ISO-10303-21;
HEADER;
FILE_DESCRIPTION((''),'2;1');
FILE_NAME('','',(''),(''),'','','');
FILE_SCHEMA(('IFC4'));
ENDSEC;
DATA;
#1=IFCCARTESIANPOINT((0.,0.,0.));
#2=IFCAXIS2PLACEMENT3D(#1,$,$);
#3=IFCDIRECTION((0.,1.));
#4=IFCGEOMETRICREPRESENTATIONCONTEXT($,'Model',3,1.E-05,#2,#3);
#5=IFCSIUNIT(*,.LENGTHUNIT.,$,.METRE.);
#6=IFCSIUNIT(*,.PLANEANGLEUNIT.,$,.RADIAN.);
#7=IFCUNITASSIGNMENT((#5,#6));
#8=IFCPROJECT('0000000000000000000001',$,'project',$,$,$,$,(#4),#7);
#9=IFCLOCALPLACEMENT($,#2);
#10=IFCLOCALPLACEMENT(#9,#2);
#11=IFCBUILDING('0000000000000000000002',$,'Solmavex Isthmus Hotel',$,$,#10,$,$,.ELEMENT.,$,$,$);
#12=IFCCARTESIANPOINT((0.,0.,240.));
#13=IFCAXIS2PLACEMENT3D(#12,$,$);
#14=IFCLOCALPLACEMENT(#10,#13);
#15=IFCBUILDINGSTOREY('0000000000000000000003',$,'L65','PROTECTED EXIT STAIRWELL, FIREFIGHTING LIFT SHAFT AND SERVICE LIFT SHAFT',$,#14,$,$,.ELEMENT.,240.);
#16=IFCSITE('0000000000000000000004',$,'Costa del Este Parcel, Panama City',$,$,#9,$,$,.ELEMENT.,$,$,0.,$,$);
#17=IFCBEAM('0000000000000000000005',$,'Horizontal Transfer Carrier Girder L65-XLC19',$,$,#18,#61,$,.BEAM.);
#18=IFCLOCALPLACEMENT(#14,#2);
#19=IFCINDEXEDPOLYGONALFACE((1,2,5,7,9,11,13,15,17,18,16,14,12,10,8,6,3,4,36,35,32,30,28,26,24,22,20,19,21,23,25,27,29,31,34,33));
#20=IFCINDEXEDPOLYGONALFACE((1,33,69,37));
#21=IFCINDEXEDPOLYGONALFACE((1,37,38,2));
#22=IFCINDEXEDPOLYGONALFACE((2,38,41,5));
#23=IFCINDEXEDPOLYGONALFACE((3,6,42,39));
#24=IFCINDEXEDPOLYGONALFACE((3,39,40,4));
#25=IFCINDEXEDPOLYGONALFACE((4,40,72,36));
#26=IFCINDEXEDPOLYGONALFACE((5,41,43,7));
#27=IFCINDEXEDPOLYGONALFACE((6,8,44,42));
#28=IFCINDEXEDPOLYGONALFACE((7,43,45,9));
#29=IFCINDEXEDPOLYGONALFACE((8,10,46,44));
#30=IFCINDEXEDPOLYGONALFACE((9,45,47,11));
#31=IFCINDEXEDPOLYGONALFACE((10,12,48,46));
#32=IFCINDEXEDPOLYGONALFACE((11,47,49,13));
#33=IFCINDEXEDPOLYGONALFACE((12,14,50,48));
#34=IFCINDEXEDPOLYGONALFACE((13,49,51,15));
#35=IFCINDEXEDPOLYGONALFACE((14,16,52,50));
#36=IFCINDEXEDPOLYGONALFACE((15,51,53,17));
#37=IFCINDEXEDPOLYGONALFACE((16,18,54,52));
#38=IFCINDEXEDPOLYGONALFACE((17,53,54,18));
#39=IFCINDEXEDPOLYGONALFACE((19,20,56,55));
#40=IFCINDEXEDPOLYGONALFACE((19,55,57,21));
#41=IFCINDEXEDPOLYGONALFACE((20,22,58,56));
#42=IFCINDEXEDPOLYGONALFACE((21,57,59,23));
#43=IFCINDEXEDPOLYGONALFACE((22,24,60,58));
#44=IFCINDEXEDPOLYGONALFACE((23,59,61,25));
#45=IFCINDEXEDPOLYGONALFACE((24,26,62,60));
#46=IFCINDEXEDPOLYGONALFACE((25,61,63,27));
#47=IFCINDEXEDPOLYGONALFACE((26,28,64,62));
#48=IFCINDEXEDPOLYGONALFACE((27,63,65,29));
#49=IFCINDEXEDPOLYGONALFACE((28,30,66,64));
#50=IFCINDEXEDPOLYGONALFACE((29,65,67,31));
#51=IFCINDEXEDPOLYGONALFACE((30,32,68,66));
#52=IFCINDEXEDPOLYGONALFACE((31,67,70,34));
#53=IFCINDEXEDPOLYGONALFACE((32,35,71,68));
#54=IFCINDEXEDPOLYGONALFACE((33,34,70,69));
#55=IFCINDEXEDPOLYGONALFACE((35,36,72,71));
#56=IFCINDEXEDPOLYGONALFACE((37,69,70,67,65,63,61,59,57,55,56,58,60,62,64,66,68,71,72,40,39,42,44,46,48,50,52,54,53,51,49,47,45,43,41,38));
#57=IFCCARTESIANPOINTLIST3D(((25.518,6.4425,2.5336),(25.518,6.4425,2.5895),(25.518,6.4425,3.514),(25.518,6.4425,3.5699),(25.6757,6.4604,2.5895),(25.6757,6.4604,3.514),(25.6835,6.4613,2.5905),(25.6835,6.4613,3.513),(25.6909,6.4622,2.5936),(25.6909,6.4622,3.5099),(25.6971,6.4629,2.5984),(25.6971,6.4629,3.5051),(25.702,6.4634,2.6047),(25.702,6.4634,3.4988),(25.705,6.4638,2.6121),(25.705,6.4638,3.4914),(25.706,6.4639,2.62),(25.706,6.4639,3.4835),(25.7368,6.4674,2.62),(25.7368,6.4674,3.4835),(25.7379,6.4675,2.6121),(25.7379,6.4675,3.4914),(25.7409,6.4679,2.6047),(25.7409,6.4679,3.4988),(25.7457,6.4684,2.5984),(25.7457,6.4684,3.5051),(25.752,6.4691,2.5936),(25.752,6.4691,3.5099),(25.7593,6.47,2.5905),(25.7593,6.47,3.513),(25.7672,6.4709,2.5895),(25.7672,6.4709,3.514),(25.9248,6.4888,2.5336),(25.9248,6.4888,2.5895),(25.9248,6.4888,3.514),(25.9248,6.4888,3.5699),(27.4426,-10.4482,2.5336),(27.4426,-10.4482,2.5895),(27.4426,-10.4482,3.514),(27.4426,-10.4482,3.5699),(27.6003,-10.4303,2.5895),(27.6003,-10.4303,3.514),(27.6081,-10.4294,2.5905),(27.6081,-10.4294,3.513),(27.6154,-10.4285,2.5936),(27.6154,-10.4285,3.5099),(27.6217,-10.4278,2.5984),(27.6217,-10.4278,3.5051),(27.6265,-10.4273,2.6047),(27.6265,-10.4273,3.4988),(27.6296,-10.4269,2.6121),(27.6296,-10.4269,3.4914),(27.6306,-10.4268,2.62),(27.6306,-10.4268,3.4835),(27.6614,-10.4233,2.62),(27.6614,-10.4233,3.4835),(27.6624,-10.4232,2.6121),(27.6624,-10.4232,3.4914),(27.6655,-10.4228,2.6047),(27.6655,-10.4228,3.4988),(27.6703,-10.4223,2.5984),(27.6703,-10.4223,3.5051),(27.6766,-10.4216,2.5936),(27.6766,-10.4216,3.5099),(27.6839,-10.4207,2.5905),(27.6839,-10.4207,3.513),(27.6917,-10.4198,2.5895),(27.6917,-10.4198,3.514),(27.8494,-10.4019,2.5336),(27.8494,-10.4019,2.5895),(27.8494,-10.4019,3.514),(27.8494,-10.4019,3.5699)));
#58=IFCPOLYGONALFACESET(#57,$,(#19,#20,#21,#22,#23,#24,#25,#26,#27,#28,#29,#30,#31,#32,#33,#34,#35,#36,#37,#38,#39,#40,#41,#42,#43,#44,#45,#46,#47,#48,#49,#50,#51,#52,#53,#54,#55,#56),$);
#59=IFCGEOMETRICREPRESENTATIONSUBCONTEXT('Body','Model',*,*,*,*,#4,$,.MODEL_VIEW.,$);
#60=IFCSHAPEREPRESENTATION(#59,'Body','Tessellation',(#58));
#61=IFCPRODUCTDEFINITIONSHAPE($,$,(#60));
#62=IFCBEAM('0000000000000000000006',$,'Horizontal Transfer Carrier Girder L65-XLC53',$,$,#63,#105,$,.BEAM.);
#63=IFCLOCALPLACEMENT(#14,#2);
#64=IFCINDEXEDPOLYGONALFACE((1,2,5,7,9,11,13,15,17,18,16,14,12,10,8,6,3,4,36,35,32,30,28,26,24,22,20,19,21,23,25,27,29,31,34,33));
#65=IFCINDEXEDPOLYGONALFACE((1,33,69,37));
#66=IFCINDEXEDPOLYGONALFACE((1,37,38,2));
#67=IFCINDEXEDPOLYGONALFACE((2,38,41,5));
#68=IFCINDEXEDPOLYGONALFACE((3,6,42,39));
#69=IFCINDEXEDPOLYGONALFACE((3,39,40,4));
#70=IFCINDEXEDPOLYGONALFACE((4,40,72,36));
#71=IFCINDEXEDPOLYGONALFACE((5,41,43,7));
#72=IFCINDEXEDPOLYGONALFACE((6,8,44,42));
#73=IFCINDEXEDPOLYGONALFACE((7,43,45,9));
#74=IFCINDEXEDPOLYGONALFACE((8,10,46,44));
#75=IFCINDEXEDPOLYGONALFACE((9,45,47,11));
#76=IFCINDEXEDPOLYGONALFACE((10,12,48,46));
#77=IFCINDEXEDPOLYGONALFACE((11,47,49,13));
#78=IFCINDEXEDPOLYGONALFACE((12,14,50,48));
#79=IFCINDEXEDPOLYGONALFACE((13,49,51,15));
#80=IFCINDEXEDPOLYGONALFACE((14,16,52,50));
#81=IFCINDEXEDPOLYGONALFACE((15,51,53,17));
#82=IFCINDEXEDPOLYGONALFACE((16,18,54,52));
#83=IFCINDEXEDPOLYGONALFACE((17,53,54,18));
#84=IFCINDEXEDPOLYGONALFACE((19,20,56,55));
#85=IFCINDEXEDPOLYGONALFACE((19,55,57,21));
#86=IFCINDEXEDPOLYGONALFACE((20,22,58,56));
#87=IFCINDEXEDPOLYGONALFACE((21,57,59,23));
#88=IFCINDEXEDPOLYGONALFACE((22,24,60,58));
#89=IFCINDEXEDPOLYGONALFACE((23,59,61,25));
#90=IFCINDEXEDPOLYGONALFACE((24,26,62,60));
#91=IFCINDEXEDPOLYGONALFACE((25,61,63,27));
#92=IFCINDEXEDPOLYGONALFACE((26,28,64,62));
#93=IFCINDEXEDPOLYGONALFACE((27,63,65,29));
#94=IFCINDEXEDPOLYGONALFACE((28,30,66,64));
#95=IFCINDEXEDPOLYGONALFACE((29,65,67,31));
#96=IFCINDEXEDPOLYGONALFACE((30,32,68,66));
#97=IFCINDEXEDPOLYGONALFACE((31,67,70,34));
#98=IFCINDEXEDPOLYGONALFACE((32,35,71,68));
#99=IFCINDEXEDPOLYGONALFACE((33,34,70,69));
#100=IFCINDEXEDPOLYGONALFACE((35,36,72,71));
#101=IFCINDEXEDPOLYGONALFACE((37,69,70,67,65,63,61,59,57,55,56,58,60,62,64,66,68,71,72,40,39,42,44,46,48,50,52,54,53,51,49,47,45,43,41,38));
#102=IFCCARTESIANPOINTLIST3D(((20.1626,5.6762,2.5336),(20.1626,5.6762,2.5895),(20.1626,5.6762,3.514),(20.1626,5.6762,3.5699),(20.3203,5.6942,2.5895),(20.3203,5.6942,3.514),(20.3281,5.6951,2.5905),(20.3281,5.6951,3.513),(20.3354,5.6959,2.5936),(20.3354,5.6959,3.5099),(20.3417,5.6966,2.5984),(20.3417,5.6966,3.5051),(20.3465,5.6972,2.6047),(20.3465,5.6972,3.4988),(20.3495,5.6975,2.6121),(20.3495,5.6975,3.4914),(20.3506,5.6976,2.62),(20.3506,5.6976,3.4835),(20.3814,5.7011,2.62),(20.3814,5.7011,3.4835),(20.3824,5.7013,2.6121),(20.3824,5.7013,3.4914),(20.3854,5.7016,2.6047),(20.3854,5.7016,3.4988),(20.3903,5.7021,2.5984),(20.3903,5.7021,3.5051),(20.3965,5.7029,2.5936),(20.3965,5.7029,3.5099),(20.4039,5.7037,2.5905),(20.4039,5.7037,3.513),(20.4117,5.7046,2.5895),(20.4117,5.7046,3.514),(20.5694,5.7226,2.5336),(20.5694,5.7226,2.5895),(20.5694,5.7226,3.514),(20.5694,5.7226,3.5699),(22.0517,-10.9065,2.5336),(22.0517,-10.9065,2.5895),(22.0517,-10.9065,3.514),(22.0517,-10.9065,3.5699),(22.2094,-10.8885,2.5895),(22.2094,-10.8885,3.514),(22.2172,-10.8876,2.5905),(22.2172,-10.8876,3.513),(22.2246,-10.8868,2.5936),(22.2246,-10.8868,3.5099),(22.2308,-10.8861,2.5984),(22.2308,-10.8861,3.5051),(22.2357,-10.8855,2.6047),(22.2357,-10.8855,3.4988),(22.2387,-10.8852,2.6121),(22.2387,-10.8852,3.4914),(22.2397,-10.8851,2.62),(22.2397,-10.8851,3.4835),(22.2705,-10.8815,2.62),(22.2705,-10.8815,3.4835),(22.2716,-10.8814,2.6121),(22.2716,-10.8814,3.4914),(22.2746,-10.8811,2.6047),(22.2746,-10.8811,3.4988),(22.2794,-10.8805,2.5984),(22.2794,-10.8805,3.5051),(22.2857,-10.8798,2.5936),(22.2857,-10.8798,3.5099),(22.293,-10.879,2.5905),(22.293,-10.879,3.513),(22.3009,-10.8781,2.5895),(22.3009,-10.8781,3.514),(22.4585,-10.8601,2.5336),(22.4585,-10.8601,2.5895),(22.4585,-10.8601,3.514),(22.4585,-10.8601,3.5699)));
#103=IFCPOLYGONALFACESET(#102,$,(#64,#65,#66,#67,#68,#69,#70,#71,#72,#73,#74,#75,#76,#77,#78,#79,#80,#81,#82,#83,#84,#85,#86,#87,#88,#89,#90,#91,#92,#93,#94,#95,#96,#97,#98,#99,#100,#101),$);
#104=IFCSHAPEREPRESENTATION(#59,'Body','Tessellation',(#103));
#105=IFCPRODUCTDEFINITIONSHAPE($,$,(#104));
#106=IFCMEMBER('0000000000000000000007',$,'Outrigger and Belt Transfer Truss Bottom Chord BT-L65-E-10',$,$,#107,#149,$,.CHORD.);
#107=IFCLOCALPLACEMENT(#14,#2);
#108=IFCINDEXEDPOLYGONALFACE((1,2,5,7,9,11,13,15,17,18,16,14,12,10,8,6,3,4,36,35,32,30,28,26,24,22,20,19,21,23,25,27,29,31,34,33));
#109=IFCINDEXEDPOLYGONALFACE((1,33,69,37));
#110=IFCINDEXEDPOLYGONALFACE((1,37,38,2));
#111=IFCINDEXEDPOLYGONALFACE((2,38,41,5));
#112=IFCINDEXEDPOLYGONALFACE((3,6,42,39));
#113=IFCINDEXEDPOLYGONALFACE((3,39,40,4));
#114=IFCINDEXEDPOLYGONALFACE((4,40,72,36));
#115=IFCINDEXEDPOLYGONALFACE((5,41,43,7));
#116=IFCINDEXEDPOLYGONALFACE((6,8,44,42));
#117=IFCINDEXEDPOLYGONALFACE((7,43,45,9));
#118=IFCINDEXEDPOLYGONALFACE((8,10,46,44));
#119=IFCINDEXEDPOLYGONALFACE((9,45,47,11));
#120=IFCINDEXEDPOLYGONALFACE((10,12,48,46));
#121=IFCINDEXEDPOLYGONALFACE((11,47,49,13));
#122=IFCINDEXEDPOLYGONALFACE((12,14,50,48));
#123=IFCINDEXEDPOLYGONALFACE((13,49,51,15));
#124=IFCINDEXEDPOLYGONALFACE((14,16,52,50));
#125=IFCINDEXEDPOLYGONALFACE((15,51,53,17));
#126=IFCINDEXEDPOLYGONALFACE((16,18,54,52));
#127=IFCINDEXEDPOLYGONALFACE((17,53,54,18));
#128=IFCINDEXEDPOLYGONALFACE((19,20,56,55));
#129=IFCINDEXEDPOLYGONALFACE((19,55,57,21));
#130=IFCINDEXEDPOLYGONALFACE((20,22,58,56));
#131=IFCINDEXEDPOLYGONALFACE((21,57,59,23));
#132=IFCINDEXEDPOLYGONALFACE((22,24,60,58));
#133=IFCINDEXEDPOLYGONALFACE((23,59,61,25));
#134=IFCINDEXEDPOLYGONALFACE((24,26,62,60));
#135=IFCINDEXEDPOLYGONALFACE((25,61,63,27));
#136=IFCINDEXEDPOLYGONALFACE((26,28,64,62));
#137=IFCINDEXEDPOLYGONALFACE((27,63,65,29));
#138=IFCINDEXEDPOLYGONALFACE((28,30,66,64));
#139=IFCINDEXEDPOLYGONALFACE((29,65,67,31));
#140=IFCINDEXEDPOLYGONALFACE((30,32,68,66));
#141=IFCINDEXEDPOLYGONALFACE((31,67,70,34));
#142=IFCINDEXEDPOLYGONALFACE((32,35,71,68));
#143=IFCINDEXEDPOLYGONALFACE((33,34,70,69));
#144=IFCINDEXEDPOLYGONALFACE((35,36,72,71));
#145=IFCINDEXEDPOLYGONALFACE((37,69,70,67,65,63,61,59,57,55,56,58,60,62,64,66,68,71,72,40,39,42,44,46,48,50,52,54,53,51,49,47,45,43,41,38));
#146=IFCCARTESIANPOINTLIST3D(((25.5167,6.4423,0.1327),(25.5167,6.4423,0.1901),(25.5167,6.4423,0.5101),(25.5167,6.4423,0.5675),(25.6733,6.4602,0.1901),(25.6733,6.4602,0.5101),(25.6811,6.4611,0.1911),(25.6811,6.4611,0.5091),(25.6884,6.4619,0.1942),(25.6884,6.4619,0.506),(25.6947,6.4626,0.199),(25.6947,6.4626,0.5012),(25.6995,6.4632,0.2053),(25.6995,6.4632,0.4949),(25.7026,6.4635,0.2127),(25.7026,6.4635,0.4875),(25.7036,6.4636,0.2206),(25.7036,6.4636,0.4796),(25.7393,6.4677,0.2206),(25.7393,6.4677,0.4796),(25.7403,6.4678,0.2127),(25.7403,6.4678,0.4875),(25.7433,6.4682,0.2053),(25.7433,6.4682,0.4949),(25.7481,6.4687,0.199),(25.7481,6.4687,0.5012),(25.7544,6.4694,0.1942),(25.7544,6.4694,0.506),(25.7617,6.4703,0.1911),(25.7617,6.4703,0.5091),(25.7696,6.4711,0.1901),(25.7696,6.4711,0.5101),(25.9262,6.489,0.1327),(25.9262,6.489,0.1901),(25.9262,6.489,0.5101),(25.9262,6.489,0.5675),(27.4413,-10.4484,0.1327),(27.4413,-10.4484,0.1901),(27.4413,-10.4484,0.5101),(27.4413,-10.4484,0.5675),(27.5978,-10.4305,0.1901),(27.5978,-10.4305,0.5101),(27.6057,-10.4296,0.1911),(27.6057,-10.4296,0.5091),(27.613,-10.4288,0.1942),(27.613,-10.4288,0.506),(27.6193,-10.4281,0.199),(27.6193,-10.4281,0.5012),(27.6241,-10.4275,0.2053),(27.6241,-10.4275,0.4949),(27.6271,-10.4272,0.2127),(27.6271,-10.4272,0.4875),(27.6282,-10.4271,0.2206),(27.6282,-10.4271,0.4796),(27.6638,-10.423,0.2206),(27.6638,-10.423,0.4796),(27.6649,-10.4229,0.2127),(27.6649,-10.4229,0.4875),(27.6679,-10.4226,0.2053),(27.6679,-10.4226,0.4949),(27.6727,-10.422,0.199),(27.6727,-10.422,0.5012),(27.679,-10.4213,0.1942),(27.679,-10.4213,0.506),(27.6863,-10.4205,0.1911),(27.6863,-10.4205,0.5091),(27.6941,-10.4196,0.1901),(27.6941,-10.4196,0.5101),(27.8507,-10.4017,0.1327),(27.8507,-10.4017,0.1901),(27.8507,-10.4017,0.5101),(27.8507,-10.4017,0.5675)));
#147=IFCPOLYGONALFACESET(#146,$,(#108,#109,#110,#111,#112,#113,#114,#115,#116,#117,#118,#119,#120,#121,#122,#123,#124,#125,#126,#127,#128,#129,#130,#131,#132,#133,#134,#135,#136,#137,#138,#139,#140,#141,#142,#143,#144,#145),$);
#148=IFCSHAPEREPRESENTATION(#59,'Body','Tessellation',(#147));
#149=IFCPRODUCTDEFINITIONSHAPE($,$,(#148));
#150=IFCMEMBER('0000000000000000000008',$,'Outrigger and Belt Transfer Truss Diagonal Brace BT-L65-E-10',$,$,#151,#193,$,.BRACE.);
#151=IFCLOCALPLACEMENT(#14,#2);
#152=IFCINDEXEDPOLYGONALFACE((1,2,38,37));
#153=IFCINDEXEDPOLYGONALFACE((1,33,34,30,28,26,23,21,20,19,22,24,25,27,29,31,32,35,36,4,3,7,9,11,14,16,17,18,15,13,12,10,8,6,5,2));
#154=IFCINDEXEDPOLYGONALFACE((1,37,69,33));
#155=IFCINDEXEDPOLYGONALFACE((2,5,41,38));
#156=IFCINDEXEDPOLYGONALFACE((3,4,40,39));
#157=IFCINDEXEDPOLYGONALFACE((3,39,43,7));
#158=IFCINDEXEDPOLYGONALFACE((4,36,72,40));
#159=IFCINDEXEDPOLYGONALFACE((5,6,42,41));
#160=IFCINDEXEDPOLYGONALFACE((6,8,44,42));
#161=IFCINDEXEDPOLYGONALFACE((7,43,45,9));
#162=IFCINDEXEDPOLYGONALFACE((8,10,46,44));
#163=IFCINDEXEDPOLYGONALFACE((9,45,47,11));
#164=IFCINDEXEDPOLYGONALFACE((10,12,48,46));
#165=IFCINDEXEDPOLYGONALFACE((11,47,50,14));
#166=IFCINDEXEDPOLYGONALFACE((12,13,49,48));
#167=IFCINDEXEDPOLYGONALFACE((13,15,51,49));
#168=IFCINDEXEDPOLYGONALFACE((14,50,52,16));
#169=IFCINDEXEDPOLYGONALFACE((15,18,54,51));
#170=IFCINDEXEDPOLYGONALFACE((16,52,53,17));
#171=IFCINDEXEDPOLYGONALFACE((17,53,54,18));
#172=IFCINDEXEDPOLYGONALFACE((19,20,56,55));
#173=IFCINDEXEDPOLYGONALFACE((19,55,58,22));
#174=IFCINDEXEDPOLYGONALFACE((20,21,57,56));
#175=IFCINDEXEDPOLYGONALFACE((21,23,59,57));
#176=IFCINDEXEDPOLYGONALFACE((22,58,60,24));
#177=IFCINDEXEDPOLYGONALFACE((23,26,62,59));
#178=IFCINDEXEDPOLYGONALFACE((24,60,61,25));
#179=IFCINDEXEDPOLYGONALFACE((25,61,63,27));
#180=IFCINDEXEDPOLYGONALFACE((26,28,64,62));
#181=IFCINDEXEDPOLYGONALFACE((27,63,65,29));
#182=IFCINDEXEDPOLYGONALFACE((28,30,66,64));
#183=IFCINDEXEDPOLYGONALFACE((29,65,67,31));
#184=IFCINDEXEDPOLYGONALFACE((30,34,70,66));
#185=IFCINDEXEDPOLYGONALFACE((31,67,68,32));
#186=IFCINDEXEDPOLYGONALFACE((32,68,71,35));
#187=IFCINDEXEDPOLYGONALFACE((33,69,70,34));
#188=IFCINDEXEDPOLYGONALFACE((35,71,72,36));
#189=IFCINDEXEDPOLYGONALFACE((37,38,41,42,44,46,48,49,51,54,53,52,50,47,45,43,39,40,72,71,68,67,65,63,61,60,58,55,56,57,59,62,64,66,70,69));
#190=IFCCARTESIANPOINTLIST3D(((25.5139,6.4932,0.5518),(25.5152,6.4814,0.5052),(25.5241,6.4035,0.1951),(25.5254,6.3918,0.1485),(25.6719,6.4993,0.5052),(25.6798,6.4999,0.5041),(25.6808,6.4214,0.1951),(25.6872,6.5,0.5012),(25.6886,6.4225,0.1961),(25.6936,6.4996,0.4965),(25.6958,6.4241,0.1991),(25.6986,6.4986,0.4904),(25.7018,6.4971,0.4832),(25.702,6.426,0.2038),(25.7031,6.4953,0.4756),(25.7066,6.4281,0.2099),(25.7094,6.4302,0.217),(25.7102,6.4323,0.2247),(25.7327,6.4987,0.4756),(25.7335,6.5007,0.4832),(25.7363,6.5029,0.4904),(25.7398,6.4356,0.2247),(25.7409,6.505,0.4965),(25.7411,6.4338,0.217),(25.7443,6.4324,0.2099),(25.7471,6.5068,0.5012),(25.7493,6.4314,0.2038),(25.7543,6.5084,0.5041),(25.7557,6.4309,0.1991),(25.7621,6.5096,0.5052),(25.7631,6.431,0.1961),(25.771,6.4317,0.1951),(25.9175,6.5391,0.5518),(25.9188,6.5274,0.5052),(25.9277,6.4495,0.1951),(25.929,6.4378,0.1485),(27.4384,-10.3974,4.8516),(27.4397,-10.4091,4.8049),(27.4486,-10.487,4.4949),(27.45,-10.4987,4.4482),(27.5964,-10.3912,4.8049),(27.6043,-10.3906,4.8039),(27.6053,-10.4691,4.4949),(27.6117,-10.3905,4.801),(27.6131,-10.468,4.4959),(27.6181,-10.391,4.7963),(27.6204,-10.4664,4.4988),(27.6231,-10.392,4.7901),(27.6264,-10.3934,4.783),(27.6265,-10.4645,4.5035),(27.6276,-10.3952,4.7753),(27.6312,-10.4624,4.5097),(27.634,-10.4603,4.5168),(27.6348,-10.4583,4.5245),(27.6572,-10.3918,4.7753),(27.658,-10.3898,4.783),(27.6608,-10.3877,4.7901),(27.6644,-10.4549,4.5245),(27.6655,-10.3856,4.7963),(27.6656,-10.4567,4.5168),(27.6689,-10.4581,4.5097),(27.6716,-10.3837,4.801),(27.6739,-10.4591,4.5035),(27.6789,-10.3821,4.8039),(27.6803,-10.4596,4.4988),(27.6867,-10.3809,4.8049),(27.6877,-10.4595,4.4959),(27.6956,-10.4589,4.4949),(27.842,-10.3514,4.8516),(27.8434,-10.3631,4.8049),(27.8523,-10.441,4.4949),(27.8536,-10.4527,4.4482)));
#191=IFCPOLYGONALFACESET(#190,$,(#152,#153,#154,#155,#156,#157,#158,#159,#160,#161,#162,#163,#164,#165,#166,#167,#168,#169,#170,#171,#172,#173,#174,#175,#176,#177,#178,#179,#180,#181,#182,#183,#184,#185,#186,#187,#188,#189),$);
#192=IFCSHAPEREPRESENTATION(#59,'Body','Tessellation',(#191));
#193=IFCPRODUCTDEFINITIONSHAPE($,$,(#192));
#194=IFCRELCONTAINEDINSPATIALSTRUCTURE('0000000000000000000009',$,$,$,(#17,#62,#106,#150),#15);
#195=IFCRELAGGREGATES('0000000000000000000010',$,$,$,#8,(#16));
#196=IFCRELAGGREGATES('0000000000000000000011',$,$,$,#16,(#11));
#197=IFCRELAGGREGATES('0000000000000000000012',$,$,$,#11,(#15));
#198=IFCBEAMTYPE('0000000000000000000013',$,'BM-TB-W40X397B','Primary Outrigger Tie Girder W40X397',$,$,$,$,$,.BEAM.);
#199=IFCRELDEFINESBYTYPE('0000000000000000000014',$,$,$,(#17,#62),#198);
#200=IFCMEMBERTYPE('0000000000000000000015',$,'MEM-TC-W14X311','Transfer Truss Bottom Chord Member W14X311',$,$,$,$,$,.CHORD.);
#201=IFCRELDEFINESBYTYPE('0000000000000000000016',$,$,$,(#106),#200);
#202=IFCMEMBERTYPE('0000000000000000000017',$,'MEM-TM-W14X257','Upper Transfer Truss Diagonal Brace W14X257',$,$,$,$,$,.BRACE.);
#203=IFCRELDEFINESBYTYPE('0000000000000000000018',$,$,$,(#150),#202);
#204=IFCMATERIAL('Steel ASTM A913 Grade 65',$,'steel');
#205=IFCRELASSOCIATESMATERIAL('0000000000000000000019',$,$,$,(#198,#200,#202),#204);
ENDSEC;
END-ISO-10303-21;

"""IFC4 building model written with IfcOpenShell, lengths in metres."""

from ifc_helpers import new_model, si_unit, direction, frame, origin, origin_2d, place, context, subcontext, project, spatial, i_section, extrude, material, material_profile, profile_set, type_object, element, save


model = new_model("IFC4")

# Units and contexts
model_context = context("Model", 3, precision=1e-05, world=origin(), true_north=direction((0.0, 1.0)))
body_context = subcontext(model_context, "Body", "Model", "MODEL_VIEW")
ifc_project = project(units=[si_unit("LENGTHUNIT", "METRE"), si_unit("PLANEANGLEUNIT", "RADIAN")], contexts=[model_context])

# Site, building, storey
site_placement = place(None, origin())
site = spatial("IfcSite", under=ifc_project, at=site_placement, Name="Costa del Este Parcel, Panama City", CompositionType="ELEMENT", RefElevation=0.0)
building_placement = place(site_placement, origin())
building = spatial("IfcBuilding", under=site, at=building_placement, Name="Solmavex Isthmus Hotel", CompositionType="ELEMENT")
storey_placement = place(building_placement, frame((0.0, 0.0, 240.0)))
storey = spatial("IfcBuildingStorey", under=building, at=storey_placement, Name="L65", Description="PROTECTED EXIT STAIRWELL, FIREFIGHTING LIFT SHAFT AND SERVICE LIFT SHAFT", CompositionType="ELEMENT", Elevation=240.0)

# Shared definitions
ifc_material_1 = material(Name="Steel ASTM A913 Grade 65", Category="steel")

# Beams
ifc_material_profile_1 = material_profile(ifc_material_1, i_section(OverallWidth=0.4094, OverallDepth=1.0364, WebThickness=0.031, FlangeThickness=0.0559, FilletRadius=0.0305, at=origin_2d()), Name="W40X397")
ifc_profile_set_1 = profile_set([ifc_material_profile_1], Name="Steel ASTM A913 Grade 65")
beam_type_1 = type_object("IfcBeamType", Name="BM-TB-W40X397B", Description="Primary Outrigger Tie Girder W40X397", PredefinedType="BEAM", material=ifc_profile_set_1)
beam_1_placement = place(storey_placement, frame((27.646, -10.425, 3.0518), z_axis=(-0.11321, 0.993571, 0.0), x_axis=(-0.993571, -0.11321, 0.0)))
element("IfcBeam", 1, at=beam_1_placement, inside=storey, type_object=beam_type_1, Name="Horizontal Transfer Carrier Girder L65-XLC19", PredefinedType="BEAM", context=body_context, shape_type="SweptSolid", body=[
    extrude(i_section(OverallWidth=0.4094, OverallDepth=1.0364, WebThickness=0.031, FlangeThickness=0.0559, FilletRadius=0.0305, at=origin_2d()), origin(), (0.0, 0.0, 1.0), 17.0),
])
beam_2_placement = place(storey_placement, frame((22.2551, -10.8833, 3.0518), z_axis=(-0.113191, 0.993573, 0.0), x_axis=(-0.993573, -0.113191, 0.0)))
element("IfcBeam", 2, at=beam_2_placement, inside=storey, type_object=beam_type_1, Name="Horizontal Transfer Carrier Girder L65-XLC53", PredefinedType="BEAM", context=body_context, shape_type="SweptSolid", body=[
    extrude(i_section(OverallWidth=0.4094, OverallDepth=1.0364, WebThickness=0.031, FlangeThickness=0.0559, FilletRadius=0.0305, at=origin_2d()), origin(), (0.0, 0.0, 1.0), 16.6899),
])

# Members
ifc_material_profile_2 = material_profile(ifc_material_1, i_section(OverallWidth=0.4121, OverallDepth=0.4348, WebThickness=0.0359, FlangeThickness=0.0574, FilletRadius=0.0305, at=origin_2d()), Name="W14X311")
ifc_profile_set_2 = profile_set([ifc_material_profile_2], Name="Steel ASTM A913 Grade 65")
member_type_1 = type_object("IfcMemberType", Name="MEM-TC-W14X311", Description="Transfer Truss Bottom Chord Member W14X311", PredefinedType="CHORD", material=ifc_profile_set_2)
member_1_placement = place(storey_placement, frame((27.646, -10.425, 0.3501), z_axis=(-0.11321, 0.993571, 0.0), x_axis=(-0.993571, -0.11321, 0.0)))
element("IfcMember", 3, at=member_1_placement, inside=storey, type_object=member_type_1, Name="Outrigger and Belt Transfer Truss Bottom Chord BT-L65-E-10", PredefinedType="CHORD", context=body_context, shape_type="SweptSolid", body=[
    extrude(i_section(OverallWidth=0.4121, OverallDepth=0.4348, WebThickness=0.0359, FlangeThickness=0.0574, FilletRadius=0.0305, at=origin_2d()), origin(), (0.0, 0.0, 1.0), 17.0),
])
ifc_material_profile_3 = material_profile(ifc_material_1, i_section(OverallWidth=0.4062, OverallDepth=0.416, WebThickness=0.0298, FlangeThickness=0.0481, FilletRadius=0.0305, at=origin_2d()), Name="W14X257")
ifc_profile_set_3 = profile_set([ifc_material_profile_3], Name="Steel ASTM A913 Grade 65")
member_type_2 = type_object("IfcMemberType", Name="MEM-TM-W14X257", Description="Upper Transfer Truss Diagonal Brace W14X257", PredefinedType="BRACE", material=ifc_profile_set_3)
member_2_placement = place(storey_placement, frame((27.646, -10.425, 4.6499), z_axis=(-0.109754, 0.963238, -0.245209), x_axis=(-0.993571, -0.11321, 0.0)))
element("IfcMember", 4, at=member_2_placement, inside=storey, type_object=member_type_2, Name="Outrigger and Belt Transfer Truss Diagonal Brace BT-L65-E-10", PredefinedType="BRACE", context=body_context, shape_type="SweptSolid", body=[
    extrude(i_section(OverallWidth=0.4062, OverallDepth=0.416, WebThickness=0.0298, FlangeThickness=0.0481, FilletRadius=0.0305, at=origin_2d()), origin(), (0.0, 0.0, 1.0), 17.5352),
])

save(model, "model.ifc")
